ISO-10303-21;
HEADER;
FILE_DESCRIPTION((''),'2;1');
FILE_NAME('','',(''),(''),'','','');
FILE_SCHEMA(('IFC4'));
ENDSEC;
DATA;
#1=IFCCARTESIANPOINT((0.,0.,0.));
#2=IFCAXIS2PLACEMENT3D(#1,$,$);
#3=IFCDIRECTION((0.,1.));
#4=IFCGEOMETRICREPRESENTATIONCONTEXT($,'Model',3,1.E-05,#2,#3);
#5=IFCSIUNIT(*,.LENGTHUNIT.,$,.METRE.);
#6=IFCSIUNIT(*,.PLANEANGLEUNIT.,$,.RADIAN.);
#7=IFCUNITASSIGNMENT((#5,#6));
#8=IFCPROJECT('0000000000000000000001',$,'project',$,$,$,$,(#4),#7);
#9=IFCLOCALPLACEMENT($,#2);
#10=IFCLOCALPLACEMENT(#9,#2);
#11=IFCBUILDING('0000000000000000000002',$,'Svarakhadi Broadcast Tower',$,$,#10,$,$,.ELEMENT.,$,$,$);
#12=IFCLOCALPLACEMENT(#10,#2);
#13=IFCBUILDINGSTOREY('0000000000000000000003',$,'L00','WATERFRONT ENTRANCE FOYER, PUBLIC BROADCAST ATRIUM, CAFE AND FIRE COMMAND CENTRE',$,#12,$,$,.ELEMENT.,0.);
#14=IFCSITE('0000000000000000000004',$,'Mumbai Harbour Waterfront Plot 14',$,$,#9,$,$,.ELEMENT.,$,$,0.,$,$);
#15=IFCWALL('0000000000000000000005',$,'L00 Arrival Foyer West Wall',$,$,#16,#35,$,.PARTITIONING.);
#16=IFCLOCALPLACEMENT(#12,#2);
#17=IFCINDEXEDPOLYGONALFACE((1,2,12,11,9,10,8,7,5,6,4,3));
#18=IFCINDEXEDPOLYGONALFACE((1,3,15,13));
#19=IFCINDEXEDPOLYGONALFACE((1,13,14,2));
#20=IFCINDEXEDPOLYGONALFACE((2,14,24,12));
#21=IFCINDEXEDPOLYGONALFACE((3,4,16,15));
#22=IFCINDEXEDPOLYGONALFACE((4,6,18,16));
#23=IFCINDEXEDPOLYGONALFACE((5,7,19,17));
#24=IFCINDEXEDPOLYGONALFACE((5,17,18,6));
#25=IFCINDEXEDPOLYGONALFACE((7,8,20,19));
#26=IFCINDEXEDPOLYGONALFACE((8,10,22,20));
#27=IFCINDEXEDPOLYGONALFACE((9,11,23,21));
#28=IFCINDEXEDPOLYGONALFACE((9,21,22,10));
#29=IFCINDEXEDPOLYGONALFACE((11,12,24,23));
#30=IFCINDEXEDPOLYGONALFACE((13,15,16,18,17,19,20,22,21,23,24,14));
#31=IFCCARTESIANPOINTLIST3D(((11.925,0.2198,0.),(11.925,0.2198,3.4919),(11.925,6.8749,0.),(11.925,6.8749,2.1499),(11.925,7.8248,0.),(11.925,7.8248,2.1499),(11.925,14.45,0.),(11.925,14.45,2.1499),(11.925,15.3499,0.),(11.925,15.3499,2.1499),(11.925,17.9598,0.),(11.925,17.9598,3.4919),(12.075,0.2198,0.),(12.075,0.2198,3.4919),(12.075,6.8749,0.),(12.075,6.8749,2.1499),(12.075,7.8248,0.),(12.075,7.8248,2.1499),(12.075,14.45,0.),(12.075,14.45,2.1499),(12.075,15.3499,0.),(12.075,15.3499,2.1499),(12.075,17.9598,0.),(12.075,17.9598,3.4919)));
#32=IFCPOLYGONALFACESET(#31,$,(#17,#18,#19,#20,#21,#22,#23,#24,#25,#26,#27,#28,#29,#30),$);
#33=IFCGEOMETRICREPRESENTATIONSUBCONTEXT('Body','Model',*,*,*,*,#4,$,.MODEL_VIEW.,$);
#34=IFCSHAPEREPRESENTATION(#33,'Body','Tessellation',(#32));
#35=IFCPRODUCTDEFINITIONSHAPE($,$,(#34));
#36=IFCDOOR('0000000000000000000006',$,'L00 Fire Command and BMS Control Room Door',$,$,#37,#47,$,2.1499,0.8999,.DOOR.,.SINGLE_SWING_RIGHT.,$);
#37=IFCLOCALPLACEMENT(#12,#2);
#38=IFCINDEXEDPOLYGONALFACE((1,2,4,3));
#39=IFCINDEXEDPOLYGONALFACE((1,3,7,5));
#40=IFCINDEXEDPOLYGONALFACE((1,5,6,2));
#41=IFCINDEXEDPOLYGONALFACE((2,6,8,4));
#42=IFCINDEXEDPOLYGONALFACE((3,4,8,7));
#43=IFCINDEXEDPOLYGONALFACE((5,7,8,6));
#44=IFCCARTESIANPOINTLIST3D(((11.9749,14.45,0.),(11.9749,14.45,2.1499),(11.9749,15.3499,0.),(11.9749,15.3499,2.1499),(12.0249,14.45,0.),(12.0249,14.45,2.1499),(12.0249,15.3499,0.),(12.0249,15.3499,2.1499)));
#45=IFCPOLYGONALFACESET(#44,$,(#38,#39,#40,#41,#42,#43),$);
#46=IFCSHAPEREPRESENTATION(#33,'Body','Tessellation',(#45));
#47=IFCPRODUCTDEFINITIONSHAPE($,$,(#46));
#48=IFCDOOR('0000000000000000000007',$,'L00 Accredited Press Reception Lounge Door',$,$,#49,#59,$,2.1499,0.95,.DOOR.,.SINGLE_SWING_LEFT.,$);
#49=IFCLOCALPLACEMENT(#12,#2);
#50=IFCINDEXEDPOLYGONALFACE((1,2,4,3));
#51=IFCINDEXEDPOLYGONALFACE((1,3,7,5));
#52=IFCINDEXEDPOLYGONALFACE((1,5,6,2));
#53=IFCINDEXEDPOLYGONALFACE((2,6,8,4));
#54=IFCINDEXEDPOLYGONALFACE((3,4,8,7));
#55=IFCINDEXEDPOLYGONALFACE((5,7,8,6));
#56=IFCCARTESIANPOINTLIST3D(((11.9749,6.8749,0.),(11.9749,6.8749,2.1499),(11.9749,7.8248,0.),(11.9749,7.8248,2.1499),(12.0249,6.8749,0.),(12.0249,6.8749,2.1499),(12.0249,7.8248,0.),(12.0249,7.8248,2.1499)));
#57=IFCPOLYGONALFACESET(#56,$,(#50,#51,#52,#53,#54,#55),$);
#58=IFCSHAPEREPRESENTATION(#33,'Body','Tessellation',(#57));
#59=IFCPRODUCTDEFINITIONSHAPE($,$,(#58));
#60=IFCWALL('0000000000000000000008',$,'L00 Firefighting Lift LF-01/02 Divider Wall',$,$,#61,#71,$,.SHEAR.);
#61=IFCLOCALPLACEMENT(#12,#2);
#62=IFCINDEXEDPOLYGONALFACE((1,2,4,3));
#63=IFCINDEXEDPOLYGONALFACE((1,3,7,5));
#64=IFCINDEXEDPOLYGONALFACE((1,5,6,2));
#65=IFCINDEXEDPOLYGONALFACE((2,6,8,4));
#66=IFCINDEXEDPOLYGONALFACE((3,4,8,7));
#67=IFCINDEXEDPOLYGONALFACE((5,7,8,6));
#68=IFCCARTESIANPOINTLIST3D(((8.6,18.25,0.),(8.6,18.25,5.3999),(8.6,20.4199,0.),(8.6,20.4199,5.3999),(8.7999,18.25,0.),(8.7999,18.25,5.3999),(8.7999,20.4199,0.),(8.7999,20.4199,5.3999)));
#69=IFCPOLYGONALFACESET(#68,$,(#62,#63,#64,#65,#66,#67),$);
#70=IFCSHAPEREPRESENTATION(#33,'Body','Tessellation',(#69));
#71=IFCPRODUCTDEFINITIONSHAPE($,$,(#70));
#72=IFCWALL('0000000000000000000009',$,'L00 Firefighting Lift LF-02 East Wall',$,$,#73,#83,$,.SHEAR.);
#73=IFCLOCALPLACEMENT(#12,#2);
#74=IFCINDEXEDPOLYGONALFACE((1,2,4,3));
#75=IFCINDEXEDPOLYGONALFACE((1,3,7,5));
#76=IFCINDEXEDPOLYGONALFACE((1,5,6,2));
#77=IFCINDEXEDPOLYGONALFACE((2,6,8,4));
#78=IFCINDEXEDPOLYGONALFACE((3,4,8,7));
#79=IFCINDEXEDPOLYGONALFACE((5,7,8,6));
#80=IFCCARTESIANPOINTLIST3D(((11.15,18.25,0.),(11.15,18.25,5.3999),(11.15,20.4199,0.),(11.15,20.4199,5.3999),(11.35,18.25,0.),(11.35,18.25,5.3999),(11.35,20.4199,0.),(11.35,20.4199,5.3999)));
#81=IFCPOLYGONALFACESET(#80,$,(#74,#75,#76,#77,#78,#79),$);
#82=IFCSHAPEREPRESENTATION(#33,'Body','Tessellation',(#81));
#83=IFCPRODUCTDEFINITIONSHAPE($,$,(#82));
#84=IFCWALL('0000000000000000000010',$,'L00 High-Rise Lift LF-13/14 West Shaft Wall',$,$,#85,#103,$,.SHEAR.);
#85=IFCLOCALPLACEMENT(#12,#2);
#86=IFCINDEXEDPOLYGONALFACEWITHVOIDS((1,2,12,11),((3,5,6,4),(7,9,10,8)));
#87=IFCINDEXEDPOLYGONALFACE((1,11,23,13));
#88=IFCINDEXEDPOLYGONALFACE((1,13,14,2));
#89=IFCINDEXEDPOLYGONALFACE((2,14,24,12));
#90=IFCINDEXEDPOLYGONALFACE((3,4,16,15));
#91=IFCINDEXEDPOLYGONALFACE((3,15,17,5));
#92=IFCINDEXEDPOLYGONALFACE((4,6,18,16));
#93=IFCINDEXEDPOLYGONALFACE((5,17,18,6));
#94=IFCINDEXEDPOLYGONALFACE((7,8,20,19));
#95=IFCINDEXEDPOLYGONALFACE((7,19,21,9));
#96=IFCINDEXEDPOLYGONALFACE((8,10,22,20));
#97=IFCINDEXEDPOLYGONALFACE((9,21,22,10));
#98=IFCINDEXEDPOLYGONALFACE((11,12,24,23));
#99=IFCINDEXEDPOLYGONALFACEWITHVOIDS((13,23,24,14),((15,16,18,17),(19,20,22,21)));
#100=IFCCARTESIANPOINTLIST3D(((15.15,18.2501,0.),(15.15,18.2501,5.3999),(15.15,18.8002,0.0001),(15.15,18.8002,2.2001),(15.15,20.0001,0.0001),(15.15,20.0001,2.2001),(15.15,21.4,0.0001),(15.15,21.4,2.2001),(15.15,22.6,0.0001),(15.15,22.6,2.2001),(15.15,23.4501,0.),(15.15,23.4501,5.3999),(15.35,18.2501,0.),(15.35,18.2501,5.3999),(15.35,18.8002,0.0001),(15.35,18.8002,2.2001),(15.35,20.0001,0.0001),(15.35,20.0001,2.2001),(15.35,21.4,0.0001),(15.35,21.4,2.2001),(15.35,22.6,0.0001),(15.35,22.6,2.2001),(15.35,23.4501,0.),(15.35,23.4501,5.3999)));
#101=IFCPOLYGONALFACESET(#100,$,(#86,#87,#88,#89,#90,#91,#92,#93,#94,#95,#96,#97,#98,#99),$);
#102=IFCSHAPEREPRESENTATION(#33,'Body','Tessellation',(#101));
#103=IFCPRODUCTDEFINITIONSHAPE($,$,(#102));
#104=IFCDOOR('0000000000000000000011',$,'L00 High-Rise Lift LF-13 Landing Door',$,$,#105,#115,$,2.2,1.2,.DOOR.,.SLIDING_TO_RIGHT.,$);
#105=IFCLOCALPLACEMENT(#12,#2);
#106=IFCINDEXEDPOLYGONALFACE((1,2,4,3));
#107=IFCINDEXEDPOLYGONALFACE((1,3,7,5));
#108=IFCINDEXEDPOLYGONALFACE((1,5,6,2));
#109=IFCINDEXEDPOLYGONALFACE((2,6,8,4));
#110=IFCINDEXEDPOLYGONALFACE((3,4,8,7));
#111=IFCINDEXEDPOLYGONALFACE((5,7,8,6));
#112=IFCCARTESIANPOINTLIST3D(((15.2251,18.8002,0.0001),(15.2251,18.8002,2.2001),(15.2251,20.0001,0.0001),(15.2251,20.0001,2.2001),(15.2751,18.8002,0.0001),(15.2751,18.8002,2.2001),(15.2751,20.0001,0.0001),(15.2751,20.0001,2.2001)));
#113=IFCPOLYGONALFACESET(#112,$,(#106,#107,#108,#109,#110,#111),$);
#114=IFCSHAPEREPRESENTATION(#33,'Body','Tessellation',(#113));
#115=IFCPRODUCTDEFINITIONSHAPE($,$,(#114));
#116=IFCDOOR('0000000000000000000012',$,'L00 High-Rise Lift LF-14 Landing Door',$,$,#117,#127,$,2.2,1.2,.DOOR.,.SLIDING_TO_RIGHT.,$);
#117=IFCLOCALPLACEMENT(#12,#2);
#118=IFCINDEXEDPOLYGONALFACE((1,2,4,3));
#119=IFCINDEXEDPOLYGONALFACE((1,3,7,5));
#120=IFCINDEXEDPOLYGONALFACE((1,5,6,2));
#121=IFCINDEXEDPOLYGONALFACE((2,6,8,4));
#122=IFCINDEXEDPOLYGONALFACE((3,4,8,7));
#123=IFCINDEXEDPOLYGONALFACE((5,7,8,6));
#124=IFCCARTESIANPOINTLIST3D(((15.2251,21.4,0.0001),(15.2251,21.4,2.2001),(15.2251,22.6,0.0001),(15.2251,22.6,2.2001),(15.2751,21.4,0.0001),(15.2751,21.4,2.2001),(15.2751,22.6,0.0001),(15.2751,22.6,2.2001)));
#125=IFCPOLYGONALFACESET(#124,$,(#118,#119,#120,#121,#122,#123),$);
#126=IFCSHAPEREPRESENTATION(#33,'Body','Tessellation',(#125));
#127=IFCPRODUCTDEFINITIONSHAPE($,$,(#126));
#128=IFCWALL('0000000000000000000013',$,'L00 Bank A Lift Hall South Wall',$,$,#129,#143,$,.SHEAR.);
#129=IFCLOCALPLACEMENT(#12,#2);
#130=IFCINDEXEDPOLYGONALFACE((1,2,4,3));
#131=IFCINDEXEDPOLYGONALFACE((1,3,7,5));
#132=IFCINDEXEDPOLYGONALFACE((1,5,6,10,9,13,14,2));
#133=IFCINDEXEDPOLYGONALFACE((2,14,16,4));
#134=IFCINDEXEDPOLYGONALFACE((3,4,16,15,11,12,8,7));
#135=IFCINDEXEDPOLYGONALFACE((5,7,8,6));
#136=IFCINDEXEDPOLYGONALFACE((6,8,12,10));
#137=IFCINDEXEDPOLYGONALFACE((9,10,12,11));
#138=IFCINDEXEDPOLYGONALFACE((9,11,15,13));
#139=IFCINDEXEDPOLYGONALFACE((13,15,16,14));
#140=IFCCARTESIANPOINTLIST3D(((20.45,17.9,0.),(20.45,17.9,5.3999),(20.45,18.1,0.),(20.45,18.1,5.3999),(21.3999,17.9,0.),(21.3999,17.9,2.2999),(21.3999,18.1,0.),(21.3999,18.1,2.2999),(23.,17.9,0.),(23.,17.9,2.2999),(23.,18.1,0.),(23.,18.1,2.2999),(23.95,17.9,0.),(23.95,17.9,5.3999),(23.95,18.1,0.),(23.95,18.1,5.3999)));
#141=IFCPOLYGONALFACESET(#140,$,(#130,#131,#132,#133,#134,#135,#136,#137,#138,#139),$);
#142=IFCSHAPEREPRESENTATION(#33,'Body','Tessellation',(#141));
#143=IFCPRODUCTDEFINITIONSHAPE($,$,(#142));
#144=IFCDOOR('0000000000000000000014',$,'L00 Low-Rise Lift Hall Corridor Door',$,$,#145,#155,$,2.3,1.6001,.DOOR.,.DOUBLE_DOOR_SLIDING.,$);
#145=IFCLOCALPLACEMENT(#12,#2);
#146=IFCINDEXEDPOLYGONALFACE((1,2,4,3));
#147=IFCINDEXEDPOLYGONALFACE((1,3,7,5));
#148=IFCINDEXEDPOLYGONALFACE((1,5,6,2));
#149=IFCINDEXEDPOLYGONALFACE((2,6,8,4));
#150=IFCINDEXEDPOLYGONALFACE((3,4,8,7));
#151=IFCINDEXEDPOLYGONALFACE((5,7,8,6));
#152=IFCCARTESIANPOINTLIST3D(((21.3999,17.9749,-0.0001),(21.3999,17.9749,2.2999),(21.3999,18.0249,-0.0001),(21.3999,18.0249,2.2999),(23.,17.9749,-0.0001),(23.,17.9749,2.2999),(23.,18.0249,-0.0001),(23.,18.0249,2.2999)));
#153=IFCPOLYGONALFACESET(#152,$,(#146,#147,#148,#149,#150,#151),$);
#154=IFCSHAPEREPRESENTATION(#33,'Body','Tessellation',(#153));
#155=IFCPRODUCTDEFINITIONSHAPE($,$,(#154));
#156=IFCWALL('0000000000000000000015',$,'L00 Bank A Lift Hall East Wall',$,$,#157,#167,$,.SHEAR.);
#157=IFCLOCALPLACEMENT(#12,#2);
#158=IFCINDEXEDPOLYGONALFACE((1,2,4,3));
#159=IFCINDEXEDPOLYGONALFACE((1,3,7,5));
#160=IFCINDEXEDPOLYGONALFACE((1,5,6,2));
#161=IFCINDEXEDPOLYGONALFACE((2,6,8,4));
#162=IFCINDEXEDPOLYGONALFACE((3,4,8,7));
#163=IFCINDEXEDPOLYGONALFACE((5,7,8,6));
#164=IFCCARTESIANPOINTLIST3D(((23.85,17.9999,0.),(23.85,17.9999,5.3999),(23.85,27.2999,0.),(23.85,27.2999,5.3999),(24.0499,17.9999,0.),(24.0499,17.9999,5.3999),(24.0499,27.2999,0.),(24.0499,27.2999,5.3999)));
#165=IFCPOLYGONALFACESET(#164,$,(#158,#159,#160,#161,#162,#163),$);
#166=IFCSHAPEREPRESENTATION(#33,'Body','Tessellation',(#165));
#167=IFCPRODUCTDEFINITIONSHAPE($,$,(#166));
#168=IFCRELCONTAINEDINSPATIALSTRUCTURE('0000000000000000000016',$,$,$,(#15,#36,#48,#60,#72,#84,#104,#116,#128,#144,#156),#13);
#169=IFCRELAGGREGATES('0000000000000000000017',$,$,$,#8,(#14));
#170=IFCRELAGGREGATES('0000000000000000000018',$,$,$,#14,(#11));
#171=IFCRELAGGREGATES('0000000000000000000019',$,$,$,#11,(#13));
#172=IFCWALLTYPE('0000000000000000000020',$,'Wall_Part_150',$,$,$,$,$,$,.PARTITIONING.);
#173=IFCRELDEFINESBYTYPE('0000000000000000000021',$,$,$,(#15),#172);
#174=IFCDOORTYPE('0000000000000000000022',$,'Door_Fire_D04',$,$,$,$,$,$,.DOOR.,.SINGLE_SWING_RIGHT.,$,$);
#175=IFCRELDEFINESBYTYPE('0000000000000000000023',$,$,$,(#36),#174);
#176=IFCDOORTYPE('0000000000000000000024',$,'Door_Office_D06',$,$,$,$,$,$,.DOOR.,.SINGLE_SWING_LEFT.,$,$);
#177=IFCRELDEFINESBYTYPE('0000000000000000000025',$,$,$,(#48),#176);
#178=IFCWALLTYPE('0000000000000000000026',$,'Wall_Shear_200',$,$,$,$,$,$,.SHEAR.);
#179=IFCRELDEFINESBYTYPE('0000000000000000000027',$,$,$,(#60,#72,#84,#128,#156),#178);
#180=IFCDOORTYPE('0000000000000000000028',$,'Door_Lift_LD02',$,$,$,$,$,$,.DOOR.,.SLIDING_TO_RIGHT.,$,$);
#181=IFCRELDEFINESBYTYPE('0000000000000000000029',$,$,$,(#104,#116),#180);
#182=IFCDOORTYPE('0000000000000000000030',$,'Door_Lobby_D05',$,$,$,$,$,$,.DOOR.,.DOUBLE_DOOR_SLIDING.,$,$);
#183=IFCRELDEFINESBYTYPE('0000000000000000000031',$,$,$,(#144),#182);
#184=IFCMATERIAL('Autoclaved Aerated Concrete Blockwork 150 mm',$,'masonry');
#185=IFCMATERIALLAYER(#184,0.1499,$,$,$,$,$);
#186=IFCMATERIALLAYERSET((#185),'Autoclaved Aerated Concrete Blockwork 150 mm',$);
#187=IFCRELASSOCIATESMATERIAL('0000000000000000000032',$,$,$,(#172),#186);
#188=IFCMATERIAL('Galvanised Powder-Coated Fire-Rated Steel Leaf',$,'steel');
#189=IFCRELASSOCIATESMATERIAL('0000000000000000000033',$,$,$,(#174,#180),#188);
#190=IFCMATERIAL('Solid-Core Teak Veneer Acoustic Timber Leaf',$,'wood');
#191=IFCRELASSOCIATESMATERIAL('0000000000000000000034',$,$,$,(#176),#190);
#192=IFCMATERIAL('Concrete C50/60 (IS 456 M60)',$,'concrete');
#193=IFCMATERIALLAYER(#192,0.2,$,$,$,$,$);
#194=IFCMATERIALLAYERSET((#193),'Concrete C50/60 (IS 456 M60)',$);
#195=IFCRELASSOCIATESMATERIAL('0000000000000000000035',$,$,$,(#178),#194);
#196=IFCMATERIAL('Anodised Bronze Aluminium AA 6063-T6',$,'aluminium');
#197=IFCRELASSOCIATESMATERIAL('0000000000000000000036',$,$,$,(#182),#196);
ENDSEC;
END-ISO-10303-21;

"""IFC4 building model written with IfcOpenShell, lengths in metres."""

from ifc_helpers import new_model, si_unit, direction, frame, frame_2d, origin, place, context, subcontext, project, spatial, rectangle, extrude, material, layer, layer_set, type_object, element, fill, save


model = new_model("IFC4")

# Units and contexts
model_context = context("Model", 3, precision=1e-05, world=origin(), true_north=direction((0.0, 1.0)))
body_context = subcontext(model_context, "Body", "Model", "MODEL_VIEW")
ifc_project = project(units=[si_unit("LENGTHUNIT", "METRE"), si_unit("PLANEANGLEUNIT", "RADIAN")], contexts=[model_context])

# Site, building, storey
site_placement = place(None, origin())
site = spatial("IfcSite", under=ifc_project, at=site_placement, Name="Mumbai Harbour Waterfront Plot 14", CompositionType="ELEMENT", RefElevation=0.0)
building_placement = place(site_placement, origin())
building = spatial("IfcBuilding", under=site, at=building_placement, Name="Svarakhadi Broadcast Tower", CompositionType="ELEMENT")
storey_placement = place(building_placement, origin())
storey = spatial("IfcBuildingStorey", under=building, at=storey_placement, Name="L00", Description="WATERFRONT ENTRANCE FOYER, PUBLIC BROADCAST ATRIUM, CAFE AND FIRE COMMAND CENTRE", CompositionType="ELEMENT", Elevation=0.0)

# Wall, openings, doors
ifc_material_1 = material(Name="Autoclaved Aerated Concrete Blockwork 150 mm", Category="masonry")
ifc_layer_1 = layer(ifc_material_1, 0.1499)
ifc_layer_set_1 = layer_set([ifc_layer_1], Name="Autoclaved Aerated Concrete Blockwork 150 mm")
wall_type_1 = type_object("IfcWallType", Name="Wall_Part_150", PredefinedType="PARTITIONING", material=ifc_layer_set_1)
wall_1_placement = place(storey_placement, frame((12.0, 17.96, 0.0), z_axis=(0.0, 0.0, 1.0), x_axis=(0.0, -1.0, 0.0)))
wall_1 = element("IfcWall", 1, at=wall_1_placement, inside=storey, type_object=wall_type_1, Name="L00 Arrival Foyer West Wall", PredefinedType="PARTITIONING", context=body_context, shape_type="SweptSolid", body=[
    extrude(rectangle(XDim=17.74, YDim=0.1499, at=frame_2d((8.8701, 0.0))), origin(), (0.0, 0.0, 1.0), 3.4919),
])
opening_1_placement = place(wall_1_placement, frame((2.6101, 0.0, 0.0)))
opening_1 = element("IfcOpeningElement", 2, at=opening_1_placement, cuts=wall_1, PredefinedType="OPENING", context=body_context, shape_type="SweptSolid", body=[
    extrude(rectangle(XDim=0.8999, YDim=2.1499, at=frame_2d((0.45, 1.075))), frame((0.0, 0.085, 0.0), z_axis=(0.0, -1.0, 0.0), x_axis=(1.0, 0.0, 0.0)), (0.0, 0.0, 1.0), 0.1699),
])
opening_2_placement = place(wall_1_placement, frame((10.135, 0.0, 0.0)))
opening_2 = element("IfcOpeningElement", 3, at=opening_2_placement, cuts=wall_1, PredefinedType="OPENING", context=body_context, shape_type="SweptSolid", body=[
    extrude(rectangle(XDim=0.95, YDim=2.1499, at=frame_2d((0.4751, 1.075))), frame((0.0, 0.085, 0.0), z_axis=(0.0, -1.0, 0.0), x_axis=(1.0, 0.0, 0.0)), (0.0, 0.0, 1.0), 0.1699),
])
ifc_material_2 = material(Name="Galvanised Powder-Coated Fire-Rated Steel Leaf", Category="steel")
door_type_1 = type_object("IfcDoorType", Name="Door_Fire_D04", OperationType="SINGLE_SWING_RIGHT", PredefinedType="DOOR", material=ifc_material_2)
door_1_placement = place(opening_1_placement, origin())
door_1 = element("IfcDoor", 4, at=door_1_placement, inside=storey, type_object=door_type_1, Name="L00 Fire Command and BMS Control Room Door", OperationType="SINGLE_SWING_RIGHT", OverallHeight=2.1499, OverallWidth=0.8999, PredefinedType="DOOR", context=body_context, shape_type="SweptSolid", body=[
    extrude(rectangle(XDim=0.8999, YDim=2.1499, at=frame_2d((0.45, 1.075))), frame((0.0, 0.0249, 0.0), z_axis=(0.0, -1.0, 0.0), x_axis=(1.0, 0.0, 0.0)), (0.0, 0.0, 1.0), 0.05),
])
fill(opening_1, door_1)
ifc_material_3 = material(Name="Solid-Core Teak Veneer Acoustic Timber Leaf", Category="wood")
door_type_2 = type_object("IfcDoorType", Name="Door_Office_D06", OperationType="SINGLE_SWING_LEFT", PredefinedType="DOOR", material=ifc_material_3)
door_2_placement = place(opening_2_placement, origin())
door_2 = element("IfcDoor", 5, at=door_2_placement, inside=storey, type_object=door_type_2, Name="L00 Accredited Press Reception Lounge Door", OperationType="SINGLE_SWING_LEFT", OverallHeight=2.1499, OverallWidth=0.95, PredefinedType="DOOR", context=body_context, shape_type="SweptSolid", body=[
    extrude(rectangle(XDim=0.95, YDim=2.1499, at=frame_2d((0.4751, 1.075))), frame((0.0, 0.0249, 0.0), z_axis=(0.0, -1.0, 0.0), x_axis=(1.0, 0.0, 0.0)), (0.0, 0.0, 1.0), 0.05),
])
fill(opening_2, door_2)

# Walls
ifc_material_4 = material(Name="Concrete C50/60 (IS 456 M60)", Category="concrete")
ifc_layer_2 = layer(ifc_material_4, 0.2)
ifc_layer_set_2 = layer_set([ifc_layer_2], Name="Concrete C50/60 (IS 456 M60)")
wall_type_2 = type_object("IfcWallType", Name="Wall_Shear_200", PredefinedType="SHEAR", material=ifc_layer_set_2)
for number, where, z_axis, x_axis, name in (
    (6, (8.7, 18.25, 0.0), (0.0, 0.0, 1.0), (0.0, 1.0, 0.0), "L00 Firefighting Lift LF-01/02 Divider Wall"),
    (7, (11.25, 18.25, 0.0), (0.0, 0.0, 1.0), (0.0, 1.0, 0.0), "L00 Firefighting Lift LF-02 East Wall"),
):
    element("IfcWall", number, at=place(storey_placement, frame(where, z_axis=z_axis, x_axis=x_axis)), inside=storey, type_object=wall_type_2, Name=name, PredefinedType="SHEAR", context=body_context, shape_type="SweptSolid", body=[
        extrude(rectangle(XDim=2.1699, YDim=0.2, at=frame_2d((1.085, 0.0))), origin(), (0.0, 0.0, 1.0), 5.3999),
    ])

# Wall, openings, doors
wall_2_placement = place(storey_placement, frame((15.25, 18.25, 0.0), z_axis=(0.0, 0.0, 1.0), x_axis=(0.0, 1.0, 0.0)))
wall_2 = element("IfcWall", 8, at=wall_2_placement, inside=storey, type_object=wall_type_2, Name="L00 High-Rise Lift LF-13/14 West Shaft Wall", PredefinedType="SHEAR", context=body_context, shape_type="SweptSolid", body=[
    extrude(rectangle(XDim=5.2, YDim=0.2, at=frame_2d((2.6001, 0.0))), origin(), (0.0, 0.0, 1.0), 5.3999),
])
opening_3_placement = place(wall_2_placement, frame((0.55, 0.0, 0.0)))
opening_3 = element("IfcOpeningElement", 9, at=opening_3_placement, cuts=wall_2, PredefinedType="OPENING", context=body_context, shape_type="SweptSolid", body=[
    extrude(rectangle(XDim=1.2, YDim=2.2, at=frame_2d((0.6001, 1.1001))), frame((0.0, 0.1099, 0.0), z_axis=(0.0, -1.0, 0.0), x_axis=(1.0, 0.0, 0.0)), (0.0, 0.0, 1.0), 0.22),
])
opening_4_placement = place(wall_2_placement, frame((3.1499, 0.0, 0.0)))
opening_4 = element("IfcOpeningElement", 10, at=opening_4_placement, cuts=wall_2, PredefinedType="OPENING", context=body_context, shape_type="SweptSolid", body=[
    extrude(rectangle(XDim=1.2, YDim=2.2, at=frame_2d((0.6001, 1.1001))), frame((0.0, 0.1099, 0.0), z_axis=(0.0, -1.0, 0.0), x_axis=(1.0, 0.0, 0.0)), (0.0, 0.0, 1.0), 0.22),
])
door_type_3 = type_object("IfcDoorType", Name="Door_Lift_LD02", OperationType="SLIDING_TO_RIGHT", PredefinedType="DOOR", material=ifc_material_2)
door_3_placement = place(opening_3_placement, origin())
door_3 = element("IfcDoor", 11, at=door_3_placement, inside=storey, type_object=door_type_3, Name="L00 High-Rise Lift LF-13 Landing Door", OperationType="SLIDING_TO_RIGHT", OverallHeight=2.2, OverallWidth=1.2, PredefinedType="DOOR", context=body_context, shape_type="SweptSolid", body=[
    extrude(rectangle(XDim=1.2, YDim=2.2, at=frame_2d((0.6001, 1.1001))), frame((0.0, 0.0249, 0.0), z_axis=(0.0, -1.0, 0.0), x_axis=(1.0, 0.0, 0.0)), (0.0, 0.0, 1.0), 0.05),
])
fill(opening_3, door_3)
door_4_placement = place(opening_4_placement, origin())
door_4 = element("IfcDoor", 12, at=door_4_placement, inside=storey, type_object=door_type_3, Name="L00 High-Rise Lift LF-14 Landing Door", OperationType="SLIDING_TO_RIGHT", OverallHeight=2.2, OverallWidth=1.2, PredefinedType="DOOR", context=body_context, shape_type="SweptSolid", body=[
    extrude(rectangle(XDim=1.2, YDim=2.2, at=frame_2d((0.6001, 1.1001))), frame((0.0, 0.0249, 0.0), z_axis=(0.0, -1.0, 0.0), x_axis=(1.0, 0.0, 0.0)), (0.0, 0.0, 1.0), 0.05),
])
fill(opening_4, door_4)

# Wall, opening, door
wall_3_placement = place(storey_placement, frame((20.45, 18.0, 0.0), z_axis=(0.0, 0.0, 1.0), x_axis=(1.0, 0.0, 0.0)))
wall_3 = element("IfcWall", 13, at=wall_3_placement, inside=storey, type_object=wall_type_2, Name="L00 Bank A Lift Hall South Wall", PredefinedType="SHEAR", context=body_context, shape_type="SweptSolid", body=[
    extrude(rectangle(XDim=3.5, YDim=0.2, at=frame_2d((1.75, 0.0))), origin(), (0.0, 0.0, 1.0), 5.3999),
])
opening_5_placement = place(wall_3_placement, frame((0.95, 0.0, 0.0)))
opening_5 = element("IfcOpeningElement", 14, at=opening_5_placement, cuts=wall_3, PredefinedType="OPENING", context=body_context, shape_type="SweptSolid", body=[
    extrude(rectangle(XDim=1.6001, YDim=2.3, at=frame_2d((0.8, 1.1499))), frame((0.0, 0.1099, 0.0), z_axis=(0.0, -1.0, 0.0), x_axis=(1.0, 0.0, 0.0)), (0.0, 0.0, 1.0), 0.22),
])
ifc_material_5 = material(Name="Anodised Bronze Aluminium AA 6063-T6", Category="aluminium")
door_type_4 = type_object("IfcDoorType", Name="Door_Lobby_D05", OperationType="DOUBLE_DOOR_SLIDING", PredefinedType="DOOR", material=ifc_material_5)
door_5_placement = place(opening_5_placement, origin())
door_5 = element("IfcDoor", 15, at=door_5_placement, inside=storey, type_object=door_type_4, Name="L00 Low-Rise Lift Hall Corridor Door", OperationType="DOUBLE_DOOR_SLIDING", OverallHeight=2.3, OverallWidth=1.6001, PredefinedType="DOOR", context=body_context, shape_type="SweptSolid", body=[
    extrude(rectangle(XDim=1.6001, YDim=2.3, at=frame_2d((0.8, 1.1499))), frame((0.0, 0.0249, 0.0), z_axis=(0.0, -1.0, 0.0), x_axis=(1.0, 0.0, 0.0)), (0.0, 0.0, 1.0), 0.05),
])
fill(opening_5, door_5)

# Wall
wall_4_placement = place(storey_placement, frame((23.95, 18.0, 0.0), z_axis=(0.0, 0.0, 1.0), x_axis=(0.0, 1.0, 0.0)))
element("IfcWall", 16, at=wall_4_placement, inside=storey, type_object=wall_type_2, Name="L00 Bank A Lift Hall East Wall", PredefinedType="SHEAR", context=body_context, shape_type="SweptSolid", body=[
    extrude(rectangle(XDim=9.3, YDim=0.2, at=frame_2d((4.6499, 0.0))), origin(), (0.0, 0.0, 1.0), 5.3999),
])

save(model, "model.ifc")
